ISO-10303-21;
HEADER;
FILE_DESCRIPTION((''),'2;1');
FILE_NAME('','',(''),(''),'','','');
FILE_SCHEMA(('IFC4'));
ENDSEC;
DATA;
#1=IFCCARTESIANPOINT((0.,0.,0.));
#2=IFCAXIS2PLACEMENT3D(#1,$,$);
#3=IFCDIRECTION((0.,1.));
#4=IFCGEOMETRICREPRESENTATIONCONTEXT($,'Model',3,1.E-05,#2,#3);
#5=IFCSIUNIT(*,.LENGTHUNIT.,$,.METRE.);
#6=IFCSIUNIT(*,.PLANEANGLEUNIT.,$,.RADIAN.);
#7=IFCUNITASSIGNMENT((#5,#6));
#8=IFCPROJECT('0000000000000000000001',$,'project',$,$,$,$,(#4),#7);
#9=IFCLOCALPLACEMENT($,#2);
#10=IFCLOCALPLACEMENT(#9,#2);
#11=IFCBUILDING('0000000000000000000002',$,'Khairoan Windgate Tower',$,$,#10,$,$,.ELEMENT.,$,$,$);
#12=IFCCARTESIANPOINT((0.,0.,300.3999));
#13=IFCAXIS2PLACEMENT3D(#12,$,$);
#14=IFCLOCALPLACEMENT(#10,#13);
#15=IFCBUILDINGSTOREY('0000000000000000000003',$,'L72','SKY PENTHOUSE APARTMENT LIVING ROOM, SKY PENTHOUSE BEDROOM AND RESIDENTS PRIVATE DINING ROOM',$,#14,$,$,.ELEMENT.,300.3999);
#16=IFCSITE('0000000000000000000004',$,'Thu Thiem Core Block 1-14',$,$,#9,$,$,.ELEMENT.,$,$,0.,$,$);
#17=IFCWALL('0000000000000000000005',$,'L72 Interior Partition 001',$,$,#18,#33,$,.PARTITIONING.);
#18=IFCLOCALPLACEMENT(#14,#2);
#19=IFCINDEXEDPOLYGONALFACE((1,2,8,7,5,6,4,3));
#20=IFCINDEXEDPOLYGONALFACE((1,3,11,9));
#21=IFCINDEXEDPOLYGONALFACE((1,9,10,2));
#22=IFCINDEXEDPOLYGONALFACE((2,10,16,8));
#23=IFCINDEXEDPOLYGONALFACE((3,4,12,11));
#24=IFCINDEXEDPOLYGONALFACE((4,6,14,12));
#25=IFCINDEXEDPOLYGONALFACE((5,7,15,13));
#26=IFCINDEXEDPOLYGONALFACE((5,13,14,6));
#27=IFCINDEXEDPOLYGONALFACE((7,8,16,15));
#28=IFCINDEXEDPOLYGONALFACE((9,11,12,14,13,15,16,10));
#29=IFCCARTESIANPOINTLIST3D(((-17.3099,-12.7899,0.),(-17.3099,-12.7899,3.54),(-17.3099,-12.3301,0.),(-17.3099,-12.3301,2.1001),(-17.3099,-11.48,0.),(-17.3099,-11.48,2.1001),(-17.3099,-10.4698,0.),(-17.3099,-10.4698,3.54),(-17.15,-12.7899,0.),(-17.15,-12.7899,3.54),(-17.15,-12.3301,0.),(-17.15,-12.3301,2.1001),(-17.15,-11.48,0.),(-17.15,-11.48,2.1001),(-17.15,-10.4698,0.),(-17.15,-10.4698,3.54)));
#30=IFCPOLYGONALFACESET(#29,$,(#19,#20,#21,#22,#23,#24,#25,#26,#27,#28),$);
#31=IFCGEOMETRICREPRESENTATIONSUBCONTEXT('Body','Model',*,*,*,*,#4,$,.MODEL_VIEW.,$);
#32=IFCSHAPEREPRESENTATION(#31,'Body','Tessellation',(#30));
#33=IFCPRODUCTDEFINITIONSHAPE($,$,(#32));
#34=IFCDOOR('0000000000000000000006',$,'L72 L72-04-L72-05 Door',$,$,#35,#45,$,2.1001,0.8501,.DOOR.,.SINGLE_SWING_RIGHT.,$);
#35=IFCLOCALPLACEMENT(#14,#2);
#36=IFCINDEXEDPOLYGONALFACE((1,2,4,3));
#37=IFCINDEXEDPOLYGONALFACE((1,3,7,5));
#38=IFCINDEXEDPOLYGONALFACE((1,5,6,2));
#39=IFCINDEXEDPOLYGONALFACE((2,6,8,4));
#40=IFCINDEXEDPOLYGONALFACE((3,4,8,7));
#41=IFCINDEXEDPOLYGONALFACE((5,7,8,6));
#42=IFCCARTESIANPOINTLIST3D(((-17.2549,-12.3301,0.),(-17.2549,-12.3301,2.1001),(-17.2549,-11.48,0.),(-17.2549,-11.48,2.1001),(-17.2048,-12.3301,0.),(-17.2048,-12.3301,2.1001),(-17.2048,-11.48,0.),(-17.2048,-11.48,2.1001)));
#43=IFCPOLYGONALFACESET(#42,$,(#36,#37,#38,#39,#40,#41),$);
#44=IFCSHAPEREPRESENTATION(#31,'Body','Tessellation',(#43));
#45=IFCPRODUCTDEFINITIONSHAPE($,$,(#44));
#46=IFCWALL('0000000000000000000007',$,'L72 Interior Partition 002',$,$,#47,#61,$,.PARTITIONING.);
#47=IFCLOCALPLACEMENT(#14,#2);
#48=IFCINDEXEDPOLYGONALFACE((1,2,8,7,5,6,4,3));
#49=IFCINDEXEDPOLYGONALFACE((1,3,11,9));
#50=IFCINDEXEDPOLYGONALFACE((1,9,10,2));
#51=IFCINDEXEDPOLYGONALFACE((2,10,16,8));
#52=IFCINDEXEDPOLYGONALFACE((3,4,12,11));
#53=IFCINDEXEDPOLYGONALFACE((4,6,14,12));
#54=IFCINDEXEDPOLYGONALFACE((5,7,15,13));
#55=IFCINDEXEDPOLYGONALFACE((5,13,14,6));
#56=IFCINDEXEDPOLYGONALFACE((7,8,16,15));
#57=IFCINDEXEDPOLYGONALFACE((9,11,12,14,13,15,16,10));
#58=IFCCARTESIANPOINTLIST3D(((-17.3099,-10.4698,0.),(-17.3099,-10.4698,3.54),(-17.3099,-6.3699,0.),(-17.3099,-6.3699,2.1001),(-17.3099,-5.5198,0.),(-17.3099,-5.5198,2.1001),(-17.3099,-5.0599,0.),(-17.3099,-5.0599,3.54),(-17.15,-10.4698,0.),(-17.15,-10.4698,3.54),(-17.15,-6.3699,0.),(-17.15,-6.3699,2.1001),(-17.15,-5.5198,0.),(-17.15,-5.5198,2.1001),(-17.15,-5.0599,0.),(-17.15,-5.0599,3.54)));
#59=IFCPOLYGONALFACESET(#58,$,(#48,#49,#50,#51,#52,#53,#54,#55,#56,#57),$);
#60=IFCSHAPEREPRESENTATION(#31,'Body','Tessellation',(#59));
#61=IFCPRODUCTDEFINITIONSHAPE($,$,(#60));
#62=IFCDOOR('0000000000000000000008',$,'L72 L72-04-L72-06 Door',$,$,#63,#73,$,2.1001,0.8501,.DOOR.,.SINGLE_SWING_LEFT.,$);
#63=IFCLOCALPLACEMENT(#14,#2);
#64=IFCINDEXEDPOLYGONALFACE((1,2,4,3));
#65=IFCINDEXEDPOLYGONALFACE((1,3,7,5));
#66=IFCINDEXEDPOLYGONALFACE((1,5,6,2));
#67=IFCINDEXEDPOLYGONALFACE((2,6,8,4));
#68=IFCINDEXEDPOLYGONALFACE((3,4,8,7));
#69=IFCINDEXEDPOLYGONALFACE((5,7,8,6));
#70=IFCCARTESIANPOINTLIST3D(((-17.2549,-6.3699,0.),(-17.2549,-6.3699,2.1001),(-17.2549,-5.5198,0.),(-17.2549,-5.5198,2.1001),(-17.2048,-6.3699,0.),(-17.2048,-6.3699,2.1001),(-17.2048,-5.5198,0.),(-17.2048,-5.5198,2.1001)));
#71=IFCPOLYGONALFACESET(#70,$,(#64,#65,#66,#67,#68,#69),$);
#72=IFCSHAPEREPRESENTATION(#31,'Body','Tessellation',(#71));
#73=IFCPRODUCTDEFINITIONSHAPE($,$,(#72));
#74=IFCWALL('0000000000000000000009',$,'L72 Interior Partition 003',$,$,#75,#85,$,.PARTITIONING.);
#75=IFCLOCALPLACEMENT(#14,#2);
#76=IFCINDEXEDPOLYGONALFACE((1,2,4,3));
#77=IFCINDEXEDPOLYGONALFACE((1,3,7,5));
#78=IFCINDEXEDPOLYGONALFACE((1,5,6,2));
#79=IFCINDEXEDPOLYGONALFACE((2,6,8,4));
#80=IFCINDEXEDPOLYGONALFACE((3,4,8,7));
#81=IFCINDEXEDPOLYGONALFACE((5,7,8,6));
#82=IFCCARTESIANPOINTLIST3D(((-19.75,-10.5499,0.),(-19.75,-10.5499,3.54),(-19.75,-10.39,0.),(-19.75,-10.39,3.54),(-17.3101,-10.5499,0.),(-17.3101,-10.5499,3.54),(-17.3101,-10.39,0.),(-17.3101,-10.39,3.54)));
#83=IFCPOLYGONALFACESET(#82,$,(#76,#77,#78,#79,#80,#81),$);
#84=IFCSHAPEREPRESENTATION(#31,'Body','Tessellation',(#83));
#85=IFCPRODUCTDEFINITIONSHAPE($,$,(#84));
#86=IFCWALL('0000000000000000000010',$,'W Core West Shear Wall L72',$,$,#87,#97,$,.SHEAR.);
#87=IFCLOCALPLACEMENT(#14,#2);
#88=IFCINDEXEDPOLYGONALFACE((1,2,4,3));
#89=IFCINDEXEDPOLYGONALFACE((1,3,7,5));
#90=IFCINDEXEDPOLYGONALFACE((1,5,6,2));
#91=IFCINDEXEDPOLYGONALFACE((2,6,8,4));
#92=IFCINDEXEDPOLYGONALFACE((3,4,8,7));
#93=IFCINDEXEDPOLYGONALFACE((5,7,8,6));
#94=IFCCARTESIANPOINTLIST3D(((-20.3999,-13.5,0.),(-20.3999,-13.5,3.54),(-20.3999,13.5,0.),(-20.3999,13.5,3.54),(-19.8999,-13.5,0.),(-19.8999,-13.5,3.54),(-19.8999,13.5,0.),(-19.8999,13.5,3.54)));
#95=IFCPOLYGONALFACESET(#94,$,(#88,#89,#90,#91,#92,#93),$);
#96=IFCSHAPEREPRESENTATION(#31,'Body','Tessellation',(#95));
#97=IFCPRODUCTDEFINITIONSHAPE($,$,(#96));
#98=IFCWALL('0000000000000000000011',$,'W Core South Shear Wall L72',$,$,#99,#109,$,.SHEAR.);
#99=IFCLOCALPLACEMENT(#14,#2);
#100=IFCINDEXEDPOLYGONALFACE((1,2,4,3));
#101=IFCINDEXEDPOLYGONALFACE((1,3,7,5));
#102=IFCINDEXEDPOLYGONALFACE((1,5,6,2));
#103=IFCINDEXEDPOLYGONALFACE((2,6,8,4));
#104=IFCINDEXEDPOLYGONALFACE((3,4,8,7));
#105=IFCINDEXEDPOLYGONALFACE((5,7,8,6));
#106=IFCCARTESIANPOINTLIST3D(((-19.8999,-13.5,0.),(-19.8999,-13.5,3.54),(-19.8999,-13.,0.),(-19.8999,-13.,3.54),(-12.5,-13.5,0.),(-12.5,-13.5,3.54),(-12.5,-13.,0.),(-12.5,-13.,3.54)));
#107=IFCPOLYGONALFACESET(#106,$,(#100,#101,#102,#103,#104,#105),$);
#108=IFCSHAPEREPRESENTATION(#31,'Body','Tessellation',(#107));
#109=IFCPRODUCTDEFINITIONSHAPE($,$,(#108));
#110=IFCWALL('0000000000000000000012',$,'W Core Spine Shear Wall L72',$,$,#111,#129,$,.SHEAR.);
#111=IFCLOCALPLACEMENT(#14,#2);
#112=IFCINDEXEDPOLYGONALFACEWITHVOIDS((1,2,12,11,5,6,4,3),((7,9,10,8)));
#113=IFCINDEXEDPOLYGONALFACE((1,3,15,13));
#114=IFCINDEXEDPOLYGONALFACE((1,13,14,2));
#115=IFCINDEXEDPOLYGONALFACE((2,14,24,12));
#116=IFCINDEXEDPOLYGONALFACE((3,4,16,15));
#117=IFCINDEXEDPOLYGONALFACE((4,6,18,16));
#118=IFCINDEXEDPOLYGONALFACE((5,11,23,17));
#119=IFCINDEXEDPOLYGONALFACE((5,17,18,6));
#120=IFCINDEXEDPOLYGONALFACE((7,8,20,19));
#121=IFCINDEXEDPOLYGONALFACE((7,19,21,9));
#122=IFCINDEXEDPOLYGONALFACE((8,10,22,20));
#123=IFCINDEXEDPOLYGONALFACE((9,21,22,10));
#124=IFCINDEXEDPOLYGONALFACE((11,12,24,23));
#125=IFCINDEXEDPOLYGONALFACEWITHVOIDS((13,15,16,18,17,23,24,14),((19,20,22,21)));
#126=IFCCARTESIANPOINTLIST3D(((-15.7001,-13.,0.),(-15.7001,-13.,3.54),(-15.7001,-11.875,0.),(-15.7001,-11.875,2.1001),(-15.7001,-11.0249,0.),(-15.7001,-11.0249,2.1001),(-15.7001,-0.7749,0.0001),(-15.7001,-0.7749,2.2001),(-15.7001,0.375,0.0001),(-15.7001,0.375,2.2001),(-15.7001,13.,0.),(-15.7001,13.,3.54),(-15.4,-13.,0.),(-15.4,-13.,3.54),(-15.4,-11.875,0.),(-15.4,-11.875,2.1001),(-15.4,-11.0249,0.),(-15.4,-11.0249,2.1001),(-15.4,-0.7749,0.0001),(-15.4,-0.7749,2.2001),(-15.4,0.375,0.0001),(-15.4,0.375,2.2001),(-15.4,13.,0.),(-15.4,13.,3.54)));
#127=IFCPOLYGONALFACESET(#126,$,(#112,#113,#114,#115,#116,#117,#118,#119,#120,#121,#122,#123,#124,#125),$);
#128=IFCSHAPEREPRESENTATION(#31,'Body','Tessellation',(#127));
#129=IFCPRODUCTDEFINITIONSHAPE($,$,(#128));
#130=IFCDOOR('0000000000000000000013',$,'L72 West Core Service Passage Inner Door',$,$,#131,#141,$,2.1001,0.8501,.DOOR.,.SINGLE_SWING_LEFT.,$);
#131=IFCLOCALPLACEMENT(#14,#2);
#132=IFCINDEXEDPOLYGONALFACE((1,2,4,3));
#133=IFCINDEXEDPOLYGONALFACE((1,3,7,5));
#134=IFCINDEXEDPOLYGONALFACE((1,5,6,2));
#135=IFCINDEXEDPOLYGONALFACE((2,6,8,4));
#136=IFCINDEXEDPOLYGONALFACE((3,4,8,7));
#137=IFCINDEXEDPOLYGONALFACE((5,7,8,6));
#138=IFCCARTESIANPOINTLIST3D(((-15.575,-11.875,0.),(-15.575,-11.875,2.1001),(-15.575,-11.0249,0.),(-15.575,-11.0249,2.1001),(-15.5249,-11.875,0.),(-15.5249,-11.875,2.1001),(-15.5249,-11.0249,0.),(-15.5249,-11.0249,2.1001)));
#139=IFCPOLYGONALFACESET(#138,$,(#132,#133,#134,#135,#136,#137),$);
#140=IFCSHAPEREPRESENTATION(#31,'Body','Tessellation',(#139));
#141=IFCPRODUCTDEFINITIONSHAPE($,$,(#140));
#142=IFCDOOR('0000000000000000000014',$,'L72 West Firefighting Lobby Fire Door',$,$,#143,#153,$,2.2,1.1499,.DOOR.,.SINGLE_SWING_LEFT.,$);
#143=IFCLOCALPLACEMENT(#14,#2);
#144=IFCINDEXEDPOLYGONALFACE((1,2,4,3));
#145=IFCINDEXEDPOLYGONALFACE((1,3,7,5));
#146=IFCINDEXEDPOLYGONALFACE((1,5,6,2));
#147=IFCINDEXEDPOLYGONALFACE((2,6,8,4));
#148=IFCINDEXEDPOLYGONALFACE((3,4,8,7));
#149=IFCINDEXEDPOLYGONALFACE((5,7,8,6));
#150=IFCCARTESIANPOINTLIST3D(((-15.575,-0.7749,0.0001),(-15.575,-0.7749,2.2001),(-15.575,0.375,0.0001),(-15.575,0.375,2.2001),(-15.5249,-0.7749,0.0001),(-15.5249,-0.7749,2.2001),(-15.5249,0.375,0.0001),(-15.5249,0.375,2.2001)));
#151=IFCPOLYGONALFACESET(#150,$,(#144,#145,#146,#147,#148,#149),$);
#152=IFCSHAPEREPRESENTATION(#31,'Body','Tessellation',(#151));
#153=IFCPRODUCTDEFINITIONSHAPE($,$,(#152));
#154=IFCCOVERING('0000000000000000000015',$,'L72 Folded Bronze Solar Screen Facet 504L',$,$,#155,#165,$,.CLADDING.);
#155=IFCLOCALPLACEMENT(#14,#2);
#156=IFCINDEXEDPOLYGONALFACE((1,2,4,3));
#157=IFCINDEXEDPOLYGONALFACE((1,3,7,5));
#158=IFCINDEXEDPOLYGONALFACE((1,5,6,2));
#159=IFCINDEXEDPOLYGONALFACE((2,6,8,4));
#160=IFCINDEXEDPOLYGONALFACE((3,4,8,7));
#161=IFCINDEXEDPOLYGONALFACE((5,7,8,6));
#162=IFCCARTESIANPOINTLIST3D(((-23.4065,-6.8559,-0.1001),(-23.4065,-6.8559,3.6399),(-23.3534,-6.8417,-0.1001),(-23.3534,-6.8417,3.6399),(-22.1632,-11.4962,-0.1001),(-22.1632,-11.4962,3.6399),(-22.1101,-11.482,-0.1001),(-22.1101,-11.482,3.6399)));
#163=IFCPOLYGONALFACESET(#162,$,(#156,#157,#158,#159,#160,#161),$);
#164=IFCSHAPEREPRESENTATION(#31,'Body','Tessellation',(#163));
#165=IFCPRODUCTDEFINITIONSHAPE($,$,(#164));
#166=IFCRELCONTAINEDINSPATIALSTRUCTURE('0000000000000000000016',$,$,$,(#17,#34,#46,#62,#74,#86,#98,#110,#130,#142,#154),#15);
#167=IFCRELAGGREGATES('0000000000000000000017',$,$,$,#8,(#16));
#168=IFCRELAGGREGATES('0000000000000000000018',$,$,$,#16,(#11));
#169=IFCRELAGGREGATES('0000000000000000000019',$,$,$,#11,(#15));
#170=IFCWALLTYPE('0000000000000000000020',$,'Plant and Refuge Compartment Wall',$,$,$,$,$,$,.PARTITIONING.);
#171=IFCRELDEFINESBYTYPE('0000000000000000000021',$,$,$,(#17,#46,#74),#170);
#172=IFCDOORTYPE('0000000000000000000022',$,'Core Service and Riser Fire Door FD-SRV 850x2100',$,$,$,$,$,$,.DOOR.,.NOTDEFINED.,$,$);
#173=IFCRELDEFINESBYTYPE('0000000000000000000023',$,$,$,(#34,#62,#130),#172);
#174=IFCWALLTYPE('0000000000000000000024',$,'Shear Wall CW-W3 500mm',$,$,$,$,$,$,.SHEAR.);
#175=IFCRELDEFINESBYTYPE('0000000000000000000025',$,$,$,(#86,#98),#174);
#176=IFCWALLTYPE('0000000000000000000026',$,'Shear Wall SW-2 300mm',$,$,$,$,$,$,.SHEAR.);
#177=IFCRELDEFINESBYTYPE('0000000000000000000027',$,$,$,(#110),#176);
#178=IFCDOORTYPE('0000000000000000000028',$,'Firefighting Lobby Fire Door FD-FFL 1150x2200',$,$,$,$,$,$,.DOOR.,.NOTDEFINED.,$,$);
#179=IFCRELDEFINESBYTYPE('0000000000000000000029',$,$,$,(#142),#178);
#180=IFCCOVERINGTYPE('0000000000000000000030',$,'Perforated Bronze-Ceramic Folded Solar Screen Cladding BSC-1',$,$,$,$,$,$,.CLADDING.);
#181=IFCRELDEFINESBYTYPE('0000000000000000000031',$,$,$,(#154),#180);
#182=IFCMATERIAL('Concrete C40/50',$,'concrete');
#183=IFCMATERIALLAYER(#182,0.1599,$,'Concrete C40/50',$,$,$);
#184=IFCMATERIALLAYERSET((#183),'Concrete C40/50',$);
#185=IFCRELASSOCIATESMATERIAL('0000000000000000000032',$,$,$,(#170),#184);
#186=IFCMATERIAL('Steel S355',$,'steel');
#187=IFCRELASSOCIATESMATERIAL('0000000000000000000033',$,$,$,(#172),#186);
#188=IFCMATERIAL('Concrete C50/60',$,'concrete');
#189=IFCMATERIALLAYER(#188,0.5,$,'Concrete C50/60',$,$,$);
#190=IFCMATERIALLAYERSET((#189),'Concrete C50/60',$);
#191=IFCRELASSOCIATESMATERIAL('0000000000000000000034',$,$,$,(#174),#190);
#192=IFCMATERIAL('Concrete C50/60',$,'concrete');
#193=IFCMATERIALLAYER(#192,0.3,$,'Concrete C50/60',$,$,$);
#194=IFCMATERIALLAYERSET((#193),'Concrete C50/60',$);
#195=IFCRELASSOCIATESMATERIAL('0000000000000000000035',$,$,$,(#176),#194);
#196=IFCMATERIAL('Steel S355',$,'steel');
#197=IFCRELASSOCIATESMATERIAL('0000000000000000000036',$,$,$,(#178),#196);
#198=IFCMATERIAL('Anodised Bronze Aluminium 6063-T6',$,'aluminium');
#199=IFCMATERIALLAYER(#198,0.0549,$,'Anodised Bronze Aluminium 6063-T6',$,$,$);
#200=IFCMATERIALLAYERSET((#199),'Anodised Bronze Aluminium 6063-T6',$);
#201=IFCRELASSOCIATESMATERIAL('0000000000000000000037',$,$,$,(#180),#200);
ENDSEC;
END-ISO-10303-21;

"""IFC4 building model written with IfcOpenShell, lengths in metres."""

from ifc_helpers import new_model, si_unit, direction, frame, frame_2d, origin, origin_2d, place, context, subcontext, project, spatial, rectangle, extrude, material, layer, layer_set, type_object, element, fill, save


model = new_model("IFC4")

# Units and contexts
model_context = context("Model", 3, precision=1e-05, world=origin(), true_north=direction((0.0, 1.0)))
body_context = subcontext(model_context, "Body", "Model", "MODEL_VIEW")
ifc_project = project(units=[si_unit("LENGTHUNIT", "METRE"), si_unit("PLANEANGLEUNIT", "RADIAN")], contexts=[model_context])

# Site, building, storey
site_placement = place(None, origin())
site = spatial("IfcSite", under=ifc_project, at=site_placement, Name="Thu Thiem Core Block 1-14", CompositionType="ELEMENT", RefElevation=0.0)
building_placement = place(site_placement, origin())
building = spatial("IfcBuilding", under=site, at=building_placement, Name="Khairoan Windgate Tower", CompositionType="ELEMENT")
storey_placement = place(building_placement, frame((0.0, 0.0, 300.3999)))
storey = spatial("IfcBuildingStorey", under=building, at=storey_placement, Name="L72", Description="SKY PENTHOUSE APARTMENT LIVING ROOM, SKY PENTHOUSE BEDROOM AND RESIDENTS PRIVATE DINING ROOM", CompositionType="ELEMENT", Elevation=300.3999)

# Walls, openings, doors
ifc_material_1 = material(Name="Concrete C40/50", Category="concrete")
ifc_layer_1 = layer(ifc_material_1, 0.1599, Name="Concrete C40/50")
ifc_layer_set_1 = layer_set([ifc_layer_1], Name="Concrete C40/50")
wall_type_1 = type_object("IfcWallType", Name="Plant and Refuge Compartment Wall", PredefinedType="PARTITIONING", material=ifc_layer_set_1)
wall_1_placement = place(storey_placement, frame((-17.23, -12.79, 0.0), z_axis=(0.0, 0.0, 1.0), x_axis=(0.0, 1.0, 0.0)))
wall_1 = element("IfcWall", 1, at=wall_1_placement, inside=storey, type_object=wall_type_1, Name="L72 Interior Partition 001", PredefinedType="PARTITIONING", context=body_context, shape_type="SweptSolid", body=[
    extrude(rectangle(XDim=2.3201, YDim=0.1599, at=frame_2d((1.1602, 0.0))), origin(), (0.0, 0.0, 1.0), 3.54),
])
opening_1_placement = place(wall_1_placement, frame((0.46, 0.0, 0.0)))
opening_1 = element("IfcOpeningElement", 2, at=opening_1_placement, cuts=wall_1, PredefinedType="OPENING", context=body_context, shape_type="SweptSolid", body=[
    extrude(rectangle(XDim=0.8501, YDim=2.1001, at=frame_2d((0.425, 1.05))), frame((0.0, 0.0898, 0.0), z_axis=(0.0, -1.0, 0.0), x_axis=(1.0, 0.0, 0.0)), (0.0, 0.0, 1.0), 0.1799),
])
ifc_material_2 = material(Name="Steel S355", Category="steel")
door_type_1 = type_object("IfcDoorType", Name="Core Service and Riser Fire Door FD-SRV 850x2100", OperationType="NOTDEFINED", PredefinedType="DOOR", material=ifc_material_2)
door_1_placement = place(opening_1_placement, origin())
door_1 = element("IfcDoor", 3, at=door_1_placement, inside=storey, type_object=door_type_1, Name="L72 L72-04-L72-05 Door", OperationType="SINGLE_SWING_RIGHT", OverallHeight=2.1001, OverallWidth=0.8501, PredefinedType="DOOR", context=body_context, shape_type="SweptSolid", body=[
    extrude(rectangle(XDim=0.8501, YDim=2.1001, at=frame_2d((0.425, 1.05))), frame((0.0, 0.0249, 0.0), z_axis=(0.0, -1.0, 0.0), x_axis=(1.0, 0.0, 0.0)), (0.0, 0.0, 1.0), 0.05),
])
fill(opening_1, door_1)
wall_2_placement = place(storey_placement, frame((-17.23, -10.47, 0.0), z_axis=(0.0, 0.0, 1.0), x_axis=(0.0, 1.0, 0.0)))
wall_2 = element("IfcWall", 4, at=wall_2_placement, inside=storey, type_object=wall_type_1, Name="L72 Interior Partition 002", PredefinedType="PARTITIONING", context=body_context, shape_type="SweptSolid", body=[
    extrude(rectangle(XDim=5.4099, YDim=0.1599, at=frame_2d((2.7051, 0.0))), origin(), (0.0, 0.0, 1.0), 3.54),
])
opening_2_placement = place(wall_2_placement, frame((4.1001, 0.0, 0.0)))
opening_2 = element("IfcOpeningElement", 5, at=opening_2_placement, cuts=wall_2, PredefinedType="OPENING", context=body_context, shape_type="SweptSolid", body=[
    extrude(rectangle(XDim=0.8501, YDim=2.1001, at=frame_2d((0.425, 1.05))), frame((0.0, 0.0898, 0.0), z_axis=(0.0, -1.0, 0.0), x_axis=(1.0, 0.0, 0.0)), (0.0, 0.0, 1.0), 0.1799),
])
door_2_placement = place(opening_2_placement, origin())
door_2 = element("IfcDoor", 6, at=door_2_placement, inside=storey, type_object=door_type_1, Name="L72 L72-04-L72-06 Door", OperationType="SINGLE_SWING_LEFT", OverallHeight=2.1001, OverallWidth=0.8501, PredefinedType="DOOR", context=body_context, shape_type="SweptSolid", body=[
    extrude(rectangle(XDim=0.8501, YDim=2.1001, at=frame_2d((0.425, 1.05))), frame((0.0, 0.0249, 0.0), z_axis=(0.0, -1.0, 0.0), x_axis=(1.0, 0.0, 0.0)), (0.0, 0.0, 1.0), 0.05),
])
fill(opening_2, door_2)

# Walls
wall_3_placement = place(storey_placement, frame((-19.75, -10.47, 0.0), z_axis=(0.0, 0.0, 1.0), x_axis=(1.0, 0.0, 0.0)))
element("IfcWall", 7, at=wall_3_placement, inside=storey, type_object=wall_type_1, Name="L72 Interior Partition 003", PredefinedType="PARTITIONING", context=body_context, shape_type="SweptSolid", body=[
    extrude(rectangle(XDim=2.4399, YDim=0.1599, at=frame_2d((1.22, 0.0))), origin(), (0.0, 0.0, 1.0), 3.54),
])
ifc_material_3 = material(Name="Concrete C50/60", Category="concrete")
ifc_layer_2 = layer(ifc_material_3, 0.5, Name="Concrete C50/60")
ifc_layer_set_2 = layer_set([ifc_layer_2], Name="Concrete C50/60")
wall_type_2 = type_object("IfcWallType", Name="Shear Wall CW-W3 500mm", PredefinedType="SHEAR", material=ifc_layer_set_2)
wall_4_placement = place(storey_placement, frame((-20.1499, -13.5, 0.0), z_axis=(0.0, 0.0, 1.0), x_axis=(0.0, 1.0, 0.0)))
element("IfcWall", 8, at=wall_4_placement, inside=storey, type_object=wall_type_2, Name="W Core West Shear Wall L72", PredefinedType="SHEAR", context=body_context, shape_type="SweptSolid", body=[
    extrude(rectangle(XDim=27.0, YDim=0.5, at=frame_2d((13.5, 0.0))), origin(), (0.0, 0.0, 1.0), 3.54),
])
wall_5_placement = place(storey_placement, frame((-19.8999, -13.25, 0.0), z_axis=(0.0, 0.0, 1.0), x_axis=(1.0, 0.0, 0.0)))
element("IfcWall", 9, at=wall_5_placement, inside=storey, type_object=wall_type_2, Name="W Core South Shear Wall L72", PredefinedType="SHEAR", context=body_context, shape_type="SweptSolid", body=[
    extrude(rectangle(XDim=7.3999, YDim=0.5, at=frame_2d((3.7, 0.0))), origin(), (0.0, 0.0, 1.0), 3.54),
])

# Wall, openings, doors
ifc_material_4 = material(Name="Concrete C50/60", Category="concrete")
ifc_layer_3 = layer(ifc_material_4, 0.3, Name="Concrete C50/60")
ifc_layer_set_3 = layer_set([ifc_layer_3], Name="Concrete C50/60")
wall_type_3 = type_object("IfcWallType", Name="Shear Wall SW-2 300mm", PredefinedType="SHEAR", material=ifc_layer_set_3)
wall_6_placement = place(storey_placement, frame((-15.55, -13.0, 0.0), z_axis=(0.0, 0.0, 1.0), x_axis=(0.0, 1.0, 0.0)))
wall_6 = element("IfcWall", 10, at=wall_6_placement, inside=storey, type_object=wall_type_3, Name="W Core Spine Shear Wall L72", PredefinedType="SHEAR", context=body_context, shape_type="SweptSolid", body=[
    extrude(rectangle(XDim=26.0, YDim=0.3, at=frame_2d((13.0, 0.0))), origin(), (0.0, 0.0, 1.0), 3.54),
])
opening_3_placement = place(wall_6_placement, frame((12.2251, 0.0, 0.0)))
opening_3 = element("IfcOpeningElement", 11, at=opening_3_placement, cuts=wall_6, PredefinedType="OPENING", context=body_context, shape_type="SweptSolid", body=[
    extrude(rectangle(XDim=1.1499, YDim=2.2, at=frame_2d((0.575, 1.1001))), frame((0.0, 0.1599, 0.0), z_axis=(0.0, -1.0, 0.0), x_axis=(1.0, 0.0, 0.0)), (0.0, 0.0, 1.0), 0.3201),
])
opening_4_placement = place(wall_6_placement, frame((1.125, 0.0, 0.0)))
opening_4 = element("IfcOpeningElement", 12, at=opening_4_placement, cuts=wall_6, PredefinedType="OPENING", context=body_context, shape_type="SweptSolid", body=[
    extrude(rectangle(XDim=0.8501, YDim=2.1001, at=frame_2d((0.425, 1.05))), frame((0.0, 0.1599, 0.0), z_axis=(0.0, -1.0, 0.0), x_axis=(1.0, 0.0, 0.0)), (0.0, 0.0, 1.0), 0.3201),
])
door_3_placement = place(opening_4_placement, origin())
door_3 = element("IfcDoor", 13, at=door_3_placement, inside=storey, type_object=door_type_1, Name="L72 West Core Service Passage Inner Door", OperationType="SINGLE_SWING_LEFT", OverallHeight=2.1001, OverallWidth=0.8501, PredefinedType="DOOR", context=body_context, shape_type="SweptSolid", body=[
    extrude(rectangle(XDim=0.8501, YDim=2.1001, at=frame_2d((0.425, 1.05))), frame((0.0, 0.0249, 0.0), z_axis=(0.0, -1.0, 0.0), x_axis=(1.0, 0.0, 0.0)), (0.0, 0.0, 1.0), 0.05),
])
fill(opening_4, door_3)
ifc_material_5 = material(Name="Steel S355", Category="steel")
door_type_2 = type_object("IfcDoorType", Name="Firefighting Lobby Fire Door FD-FFL 1150x2200", OperationType="NOTDEFINED", PredefinedType="DOOR", material=ifc_material_5)
door_4_placement = place(opening_3_placement, origin())
door_4 = element("IfcDoor", 14, at=door_4_placement, inside=storey, type_object=door_type_2, Name="L72 West Firefighting Lobby Fire Door", OperationType="SINGLE_SWING_LEFT", OverallHeight=2.2, OverallWidth=1.1499, PredefinedType="DOOR", context=body_context, shape_type="SweptSolid", body=[
    extrude(rectangle(XDim=1.1499, YDim=2.2, at=frame_2d((0.575, 1.1001))), frame((0.0, 0.0249, 0.0), z_axis=(0.0, -1.0, 0.0), x_axis=(1.0, 0.0, 0.0)), (0.0, 0.0, 1.0), 0.05),
])
fill(opening_3, door_4)

# Covering
ifc_material_6 = material(Name="Anodised Bronze Aluminium 6063-T6", Category="aluminium")
ifc_layer_4 = layer(ifc_material_6, 0.0549, Name="Anodised Bronze Aluminium 6063-T6")
ifc_layer_set_4 = layer_set([ifc_layer_4], Name="Anodised Bronze Aluminium 6063-T6")
covering_type = type_object("IfcCoveringType", Name="Perforated Bronze-Ceramic Folded Solar Screen Cladding BSC-1", PredefinedType="CLADDING", material=ifc_layer_set_4)
covering_placement = place(storey_placement, frame((-22.7583, -9.1689, -0.1001), z_axis=(0.0, 0.0, 1.0), x_axis=(-0.258819, 0.965926, 0.0)))
element("IfcCovering", 15, at=covering_placement, inside=storey, type_object=covering_type, Name="L72 Folded Bronze Solar Screen Facet 504L", PredefinedType="CLADDING", context=body_context, shape_type="SweptSolid", body=[
    extrude(rectangle(XDim=4.804, YDim=0.0549, at=origin_2d()), origin(), (0.0, 0.0, 1.0), 3.74),
])

save(model, "model.ifc")
